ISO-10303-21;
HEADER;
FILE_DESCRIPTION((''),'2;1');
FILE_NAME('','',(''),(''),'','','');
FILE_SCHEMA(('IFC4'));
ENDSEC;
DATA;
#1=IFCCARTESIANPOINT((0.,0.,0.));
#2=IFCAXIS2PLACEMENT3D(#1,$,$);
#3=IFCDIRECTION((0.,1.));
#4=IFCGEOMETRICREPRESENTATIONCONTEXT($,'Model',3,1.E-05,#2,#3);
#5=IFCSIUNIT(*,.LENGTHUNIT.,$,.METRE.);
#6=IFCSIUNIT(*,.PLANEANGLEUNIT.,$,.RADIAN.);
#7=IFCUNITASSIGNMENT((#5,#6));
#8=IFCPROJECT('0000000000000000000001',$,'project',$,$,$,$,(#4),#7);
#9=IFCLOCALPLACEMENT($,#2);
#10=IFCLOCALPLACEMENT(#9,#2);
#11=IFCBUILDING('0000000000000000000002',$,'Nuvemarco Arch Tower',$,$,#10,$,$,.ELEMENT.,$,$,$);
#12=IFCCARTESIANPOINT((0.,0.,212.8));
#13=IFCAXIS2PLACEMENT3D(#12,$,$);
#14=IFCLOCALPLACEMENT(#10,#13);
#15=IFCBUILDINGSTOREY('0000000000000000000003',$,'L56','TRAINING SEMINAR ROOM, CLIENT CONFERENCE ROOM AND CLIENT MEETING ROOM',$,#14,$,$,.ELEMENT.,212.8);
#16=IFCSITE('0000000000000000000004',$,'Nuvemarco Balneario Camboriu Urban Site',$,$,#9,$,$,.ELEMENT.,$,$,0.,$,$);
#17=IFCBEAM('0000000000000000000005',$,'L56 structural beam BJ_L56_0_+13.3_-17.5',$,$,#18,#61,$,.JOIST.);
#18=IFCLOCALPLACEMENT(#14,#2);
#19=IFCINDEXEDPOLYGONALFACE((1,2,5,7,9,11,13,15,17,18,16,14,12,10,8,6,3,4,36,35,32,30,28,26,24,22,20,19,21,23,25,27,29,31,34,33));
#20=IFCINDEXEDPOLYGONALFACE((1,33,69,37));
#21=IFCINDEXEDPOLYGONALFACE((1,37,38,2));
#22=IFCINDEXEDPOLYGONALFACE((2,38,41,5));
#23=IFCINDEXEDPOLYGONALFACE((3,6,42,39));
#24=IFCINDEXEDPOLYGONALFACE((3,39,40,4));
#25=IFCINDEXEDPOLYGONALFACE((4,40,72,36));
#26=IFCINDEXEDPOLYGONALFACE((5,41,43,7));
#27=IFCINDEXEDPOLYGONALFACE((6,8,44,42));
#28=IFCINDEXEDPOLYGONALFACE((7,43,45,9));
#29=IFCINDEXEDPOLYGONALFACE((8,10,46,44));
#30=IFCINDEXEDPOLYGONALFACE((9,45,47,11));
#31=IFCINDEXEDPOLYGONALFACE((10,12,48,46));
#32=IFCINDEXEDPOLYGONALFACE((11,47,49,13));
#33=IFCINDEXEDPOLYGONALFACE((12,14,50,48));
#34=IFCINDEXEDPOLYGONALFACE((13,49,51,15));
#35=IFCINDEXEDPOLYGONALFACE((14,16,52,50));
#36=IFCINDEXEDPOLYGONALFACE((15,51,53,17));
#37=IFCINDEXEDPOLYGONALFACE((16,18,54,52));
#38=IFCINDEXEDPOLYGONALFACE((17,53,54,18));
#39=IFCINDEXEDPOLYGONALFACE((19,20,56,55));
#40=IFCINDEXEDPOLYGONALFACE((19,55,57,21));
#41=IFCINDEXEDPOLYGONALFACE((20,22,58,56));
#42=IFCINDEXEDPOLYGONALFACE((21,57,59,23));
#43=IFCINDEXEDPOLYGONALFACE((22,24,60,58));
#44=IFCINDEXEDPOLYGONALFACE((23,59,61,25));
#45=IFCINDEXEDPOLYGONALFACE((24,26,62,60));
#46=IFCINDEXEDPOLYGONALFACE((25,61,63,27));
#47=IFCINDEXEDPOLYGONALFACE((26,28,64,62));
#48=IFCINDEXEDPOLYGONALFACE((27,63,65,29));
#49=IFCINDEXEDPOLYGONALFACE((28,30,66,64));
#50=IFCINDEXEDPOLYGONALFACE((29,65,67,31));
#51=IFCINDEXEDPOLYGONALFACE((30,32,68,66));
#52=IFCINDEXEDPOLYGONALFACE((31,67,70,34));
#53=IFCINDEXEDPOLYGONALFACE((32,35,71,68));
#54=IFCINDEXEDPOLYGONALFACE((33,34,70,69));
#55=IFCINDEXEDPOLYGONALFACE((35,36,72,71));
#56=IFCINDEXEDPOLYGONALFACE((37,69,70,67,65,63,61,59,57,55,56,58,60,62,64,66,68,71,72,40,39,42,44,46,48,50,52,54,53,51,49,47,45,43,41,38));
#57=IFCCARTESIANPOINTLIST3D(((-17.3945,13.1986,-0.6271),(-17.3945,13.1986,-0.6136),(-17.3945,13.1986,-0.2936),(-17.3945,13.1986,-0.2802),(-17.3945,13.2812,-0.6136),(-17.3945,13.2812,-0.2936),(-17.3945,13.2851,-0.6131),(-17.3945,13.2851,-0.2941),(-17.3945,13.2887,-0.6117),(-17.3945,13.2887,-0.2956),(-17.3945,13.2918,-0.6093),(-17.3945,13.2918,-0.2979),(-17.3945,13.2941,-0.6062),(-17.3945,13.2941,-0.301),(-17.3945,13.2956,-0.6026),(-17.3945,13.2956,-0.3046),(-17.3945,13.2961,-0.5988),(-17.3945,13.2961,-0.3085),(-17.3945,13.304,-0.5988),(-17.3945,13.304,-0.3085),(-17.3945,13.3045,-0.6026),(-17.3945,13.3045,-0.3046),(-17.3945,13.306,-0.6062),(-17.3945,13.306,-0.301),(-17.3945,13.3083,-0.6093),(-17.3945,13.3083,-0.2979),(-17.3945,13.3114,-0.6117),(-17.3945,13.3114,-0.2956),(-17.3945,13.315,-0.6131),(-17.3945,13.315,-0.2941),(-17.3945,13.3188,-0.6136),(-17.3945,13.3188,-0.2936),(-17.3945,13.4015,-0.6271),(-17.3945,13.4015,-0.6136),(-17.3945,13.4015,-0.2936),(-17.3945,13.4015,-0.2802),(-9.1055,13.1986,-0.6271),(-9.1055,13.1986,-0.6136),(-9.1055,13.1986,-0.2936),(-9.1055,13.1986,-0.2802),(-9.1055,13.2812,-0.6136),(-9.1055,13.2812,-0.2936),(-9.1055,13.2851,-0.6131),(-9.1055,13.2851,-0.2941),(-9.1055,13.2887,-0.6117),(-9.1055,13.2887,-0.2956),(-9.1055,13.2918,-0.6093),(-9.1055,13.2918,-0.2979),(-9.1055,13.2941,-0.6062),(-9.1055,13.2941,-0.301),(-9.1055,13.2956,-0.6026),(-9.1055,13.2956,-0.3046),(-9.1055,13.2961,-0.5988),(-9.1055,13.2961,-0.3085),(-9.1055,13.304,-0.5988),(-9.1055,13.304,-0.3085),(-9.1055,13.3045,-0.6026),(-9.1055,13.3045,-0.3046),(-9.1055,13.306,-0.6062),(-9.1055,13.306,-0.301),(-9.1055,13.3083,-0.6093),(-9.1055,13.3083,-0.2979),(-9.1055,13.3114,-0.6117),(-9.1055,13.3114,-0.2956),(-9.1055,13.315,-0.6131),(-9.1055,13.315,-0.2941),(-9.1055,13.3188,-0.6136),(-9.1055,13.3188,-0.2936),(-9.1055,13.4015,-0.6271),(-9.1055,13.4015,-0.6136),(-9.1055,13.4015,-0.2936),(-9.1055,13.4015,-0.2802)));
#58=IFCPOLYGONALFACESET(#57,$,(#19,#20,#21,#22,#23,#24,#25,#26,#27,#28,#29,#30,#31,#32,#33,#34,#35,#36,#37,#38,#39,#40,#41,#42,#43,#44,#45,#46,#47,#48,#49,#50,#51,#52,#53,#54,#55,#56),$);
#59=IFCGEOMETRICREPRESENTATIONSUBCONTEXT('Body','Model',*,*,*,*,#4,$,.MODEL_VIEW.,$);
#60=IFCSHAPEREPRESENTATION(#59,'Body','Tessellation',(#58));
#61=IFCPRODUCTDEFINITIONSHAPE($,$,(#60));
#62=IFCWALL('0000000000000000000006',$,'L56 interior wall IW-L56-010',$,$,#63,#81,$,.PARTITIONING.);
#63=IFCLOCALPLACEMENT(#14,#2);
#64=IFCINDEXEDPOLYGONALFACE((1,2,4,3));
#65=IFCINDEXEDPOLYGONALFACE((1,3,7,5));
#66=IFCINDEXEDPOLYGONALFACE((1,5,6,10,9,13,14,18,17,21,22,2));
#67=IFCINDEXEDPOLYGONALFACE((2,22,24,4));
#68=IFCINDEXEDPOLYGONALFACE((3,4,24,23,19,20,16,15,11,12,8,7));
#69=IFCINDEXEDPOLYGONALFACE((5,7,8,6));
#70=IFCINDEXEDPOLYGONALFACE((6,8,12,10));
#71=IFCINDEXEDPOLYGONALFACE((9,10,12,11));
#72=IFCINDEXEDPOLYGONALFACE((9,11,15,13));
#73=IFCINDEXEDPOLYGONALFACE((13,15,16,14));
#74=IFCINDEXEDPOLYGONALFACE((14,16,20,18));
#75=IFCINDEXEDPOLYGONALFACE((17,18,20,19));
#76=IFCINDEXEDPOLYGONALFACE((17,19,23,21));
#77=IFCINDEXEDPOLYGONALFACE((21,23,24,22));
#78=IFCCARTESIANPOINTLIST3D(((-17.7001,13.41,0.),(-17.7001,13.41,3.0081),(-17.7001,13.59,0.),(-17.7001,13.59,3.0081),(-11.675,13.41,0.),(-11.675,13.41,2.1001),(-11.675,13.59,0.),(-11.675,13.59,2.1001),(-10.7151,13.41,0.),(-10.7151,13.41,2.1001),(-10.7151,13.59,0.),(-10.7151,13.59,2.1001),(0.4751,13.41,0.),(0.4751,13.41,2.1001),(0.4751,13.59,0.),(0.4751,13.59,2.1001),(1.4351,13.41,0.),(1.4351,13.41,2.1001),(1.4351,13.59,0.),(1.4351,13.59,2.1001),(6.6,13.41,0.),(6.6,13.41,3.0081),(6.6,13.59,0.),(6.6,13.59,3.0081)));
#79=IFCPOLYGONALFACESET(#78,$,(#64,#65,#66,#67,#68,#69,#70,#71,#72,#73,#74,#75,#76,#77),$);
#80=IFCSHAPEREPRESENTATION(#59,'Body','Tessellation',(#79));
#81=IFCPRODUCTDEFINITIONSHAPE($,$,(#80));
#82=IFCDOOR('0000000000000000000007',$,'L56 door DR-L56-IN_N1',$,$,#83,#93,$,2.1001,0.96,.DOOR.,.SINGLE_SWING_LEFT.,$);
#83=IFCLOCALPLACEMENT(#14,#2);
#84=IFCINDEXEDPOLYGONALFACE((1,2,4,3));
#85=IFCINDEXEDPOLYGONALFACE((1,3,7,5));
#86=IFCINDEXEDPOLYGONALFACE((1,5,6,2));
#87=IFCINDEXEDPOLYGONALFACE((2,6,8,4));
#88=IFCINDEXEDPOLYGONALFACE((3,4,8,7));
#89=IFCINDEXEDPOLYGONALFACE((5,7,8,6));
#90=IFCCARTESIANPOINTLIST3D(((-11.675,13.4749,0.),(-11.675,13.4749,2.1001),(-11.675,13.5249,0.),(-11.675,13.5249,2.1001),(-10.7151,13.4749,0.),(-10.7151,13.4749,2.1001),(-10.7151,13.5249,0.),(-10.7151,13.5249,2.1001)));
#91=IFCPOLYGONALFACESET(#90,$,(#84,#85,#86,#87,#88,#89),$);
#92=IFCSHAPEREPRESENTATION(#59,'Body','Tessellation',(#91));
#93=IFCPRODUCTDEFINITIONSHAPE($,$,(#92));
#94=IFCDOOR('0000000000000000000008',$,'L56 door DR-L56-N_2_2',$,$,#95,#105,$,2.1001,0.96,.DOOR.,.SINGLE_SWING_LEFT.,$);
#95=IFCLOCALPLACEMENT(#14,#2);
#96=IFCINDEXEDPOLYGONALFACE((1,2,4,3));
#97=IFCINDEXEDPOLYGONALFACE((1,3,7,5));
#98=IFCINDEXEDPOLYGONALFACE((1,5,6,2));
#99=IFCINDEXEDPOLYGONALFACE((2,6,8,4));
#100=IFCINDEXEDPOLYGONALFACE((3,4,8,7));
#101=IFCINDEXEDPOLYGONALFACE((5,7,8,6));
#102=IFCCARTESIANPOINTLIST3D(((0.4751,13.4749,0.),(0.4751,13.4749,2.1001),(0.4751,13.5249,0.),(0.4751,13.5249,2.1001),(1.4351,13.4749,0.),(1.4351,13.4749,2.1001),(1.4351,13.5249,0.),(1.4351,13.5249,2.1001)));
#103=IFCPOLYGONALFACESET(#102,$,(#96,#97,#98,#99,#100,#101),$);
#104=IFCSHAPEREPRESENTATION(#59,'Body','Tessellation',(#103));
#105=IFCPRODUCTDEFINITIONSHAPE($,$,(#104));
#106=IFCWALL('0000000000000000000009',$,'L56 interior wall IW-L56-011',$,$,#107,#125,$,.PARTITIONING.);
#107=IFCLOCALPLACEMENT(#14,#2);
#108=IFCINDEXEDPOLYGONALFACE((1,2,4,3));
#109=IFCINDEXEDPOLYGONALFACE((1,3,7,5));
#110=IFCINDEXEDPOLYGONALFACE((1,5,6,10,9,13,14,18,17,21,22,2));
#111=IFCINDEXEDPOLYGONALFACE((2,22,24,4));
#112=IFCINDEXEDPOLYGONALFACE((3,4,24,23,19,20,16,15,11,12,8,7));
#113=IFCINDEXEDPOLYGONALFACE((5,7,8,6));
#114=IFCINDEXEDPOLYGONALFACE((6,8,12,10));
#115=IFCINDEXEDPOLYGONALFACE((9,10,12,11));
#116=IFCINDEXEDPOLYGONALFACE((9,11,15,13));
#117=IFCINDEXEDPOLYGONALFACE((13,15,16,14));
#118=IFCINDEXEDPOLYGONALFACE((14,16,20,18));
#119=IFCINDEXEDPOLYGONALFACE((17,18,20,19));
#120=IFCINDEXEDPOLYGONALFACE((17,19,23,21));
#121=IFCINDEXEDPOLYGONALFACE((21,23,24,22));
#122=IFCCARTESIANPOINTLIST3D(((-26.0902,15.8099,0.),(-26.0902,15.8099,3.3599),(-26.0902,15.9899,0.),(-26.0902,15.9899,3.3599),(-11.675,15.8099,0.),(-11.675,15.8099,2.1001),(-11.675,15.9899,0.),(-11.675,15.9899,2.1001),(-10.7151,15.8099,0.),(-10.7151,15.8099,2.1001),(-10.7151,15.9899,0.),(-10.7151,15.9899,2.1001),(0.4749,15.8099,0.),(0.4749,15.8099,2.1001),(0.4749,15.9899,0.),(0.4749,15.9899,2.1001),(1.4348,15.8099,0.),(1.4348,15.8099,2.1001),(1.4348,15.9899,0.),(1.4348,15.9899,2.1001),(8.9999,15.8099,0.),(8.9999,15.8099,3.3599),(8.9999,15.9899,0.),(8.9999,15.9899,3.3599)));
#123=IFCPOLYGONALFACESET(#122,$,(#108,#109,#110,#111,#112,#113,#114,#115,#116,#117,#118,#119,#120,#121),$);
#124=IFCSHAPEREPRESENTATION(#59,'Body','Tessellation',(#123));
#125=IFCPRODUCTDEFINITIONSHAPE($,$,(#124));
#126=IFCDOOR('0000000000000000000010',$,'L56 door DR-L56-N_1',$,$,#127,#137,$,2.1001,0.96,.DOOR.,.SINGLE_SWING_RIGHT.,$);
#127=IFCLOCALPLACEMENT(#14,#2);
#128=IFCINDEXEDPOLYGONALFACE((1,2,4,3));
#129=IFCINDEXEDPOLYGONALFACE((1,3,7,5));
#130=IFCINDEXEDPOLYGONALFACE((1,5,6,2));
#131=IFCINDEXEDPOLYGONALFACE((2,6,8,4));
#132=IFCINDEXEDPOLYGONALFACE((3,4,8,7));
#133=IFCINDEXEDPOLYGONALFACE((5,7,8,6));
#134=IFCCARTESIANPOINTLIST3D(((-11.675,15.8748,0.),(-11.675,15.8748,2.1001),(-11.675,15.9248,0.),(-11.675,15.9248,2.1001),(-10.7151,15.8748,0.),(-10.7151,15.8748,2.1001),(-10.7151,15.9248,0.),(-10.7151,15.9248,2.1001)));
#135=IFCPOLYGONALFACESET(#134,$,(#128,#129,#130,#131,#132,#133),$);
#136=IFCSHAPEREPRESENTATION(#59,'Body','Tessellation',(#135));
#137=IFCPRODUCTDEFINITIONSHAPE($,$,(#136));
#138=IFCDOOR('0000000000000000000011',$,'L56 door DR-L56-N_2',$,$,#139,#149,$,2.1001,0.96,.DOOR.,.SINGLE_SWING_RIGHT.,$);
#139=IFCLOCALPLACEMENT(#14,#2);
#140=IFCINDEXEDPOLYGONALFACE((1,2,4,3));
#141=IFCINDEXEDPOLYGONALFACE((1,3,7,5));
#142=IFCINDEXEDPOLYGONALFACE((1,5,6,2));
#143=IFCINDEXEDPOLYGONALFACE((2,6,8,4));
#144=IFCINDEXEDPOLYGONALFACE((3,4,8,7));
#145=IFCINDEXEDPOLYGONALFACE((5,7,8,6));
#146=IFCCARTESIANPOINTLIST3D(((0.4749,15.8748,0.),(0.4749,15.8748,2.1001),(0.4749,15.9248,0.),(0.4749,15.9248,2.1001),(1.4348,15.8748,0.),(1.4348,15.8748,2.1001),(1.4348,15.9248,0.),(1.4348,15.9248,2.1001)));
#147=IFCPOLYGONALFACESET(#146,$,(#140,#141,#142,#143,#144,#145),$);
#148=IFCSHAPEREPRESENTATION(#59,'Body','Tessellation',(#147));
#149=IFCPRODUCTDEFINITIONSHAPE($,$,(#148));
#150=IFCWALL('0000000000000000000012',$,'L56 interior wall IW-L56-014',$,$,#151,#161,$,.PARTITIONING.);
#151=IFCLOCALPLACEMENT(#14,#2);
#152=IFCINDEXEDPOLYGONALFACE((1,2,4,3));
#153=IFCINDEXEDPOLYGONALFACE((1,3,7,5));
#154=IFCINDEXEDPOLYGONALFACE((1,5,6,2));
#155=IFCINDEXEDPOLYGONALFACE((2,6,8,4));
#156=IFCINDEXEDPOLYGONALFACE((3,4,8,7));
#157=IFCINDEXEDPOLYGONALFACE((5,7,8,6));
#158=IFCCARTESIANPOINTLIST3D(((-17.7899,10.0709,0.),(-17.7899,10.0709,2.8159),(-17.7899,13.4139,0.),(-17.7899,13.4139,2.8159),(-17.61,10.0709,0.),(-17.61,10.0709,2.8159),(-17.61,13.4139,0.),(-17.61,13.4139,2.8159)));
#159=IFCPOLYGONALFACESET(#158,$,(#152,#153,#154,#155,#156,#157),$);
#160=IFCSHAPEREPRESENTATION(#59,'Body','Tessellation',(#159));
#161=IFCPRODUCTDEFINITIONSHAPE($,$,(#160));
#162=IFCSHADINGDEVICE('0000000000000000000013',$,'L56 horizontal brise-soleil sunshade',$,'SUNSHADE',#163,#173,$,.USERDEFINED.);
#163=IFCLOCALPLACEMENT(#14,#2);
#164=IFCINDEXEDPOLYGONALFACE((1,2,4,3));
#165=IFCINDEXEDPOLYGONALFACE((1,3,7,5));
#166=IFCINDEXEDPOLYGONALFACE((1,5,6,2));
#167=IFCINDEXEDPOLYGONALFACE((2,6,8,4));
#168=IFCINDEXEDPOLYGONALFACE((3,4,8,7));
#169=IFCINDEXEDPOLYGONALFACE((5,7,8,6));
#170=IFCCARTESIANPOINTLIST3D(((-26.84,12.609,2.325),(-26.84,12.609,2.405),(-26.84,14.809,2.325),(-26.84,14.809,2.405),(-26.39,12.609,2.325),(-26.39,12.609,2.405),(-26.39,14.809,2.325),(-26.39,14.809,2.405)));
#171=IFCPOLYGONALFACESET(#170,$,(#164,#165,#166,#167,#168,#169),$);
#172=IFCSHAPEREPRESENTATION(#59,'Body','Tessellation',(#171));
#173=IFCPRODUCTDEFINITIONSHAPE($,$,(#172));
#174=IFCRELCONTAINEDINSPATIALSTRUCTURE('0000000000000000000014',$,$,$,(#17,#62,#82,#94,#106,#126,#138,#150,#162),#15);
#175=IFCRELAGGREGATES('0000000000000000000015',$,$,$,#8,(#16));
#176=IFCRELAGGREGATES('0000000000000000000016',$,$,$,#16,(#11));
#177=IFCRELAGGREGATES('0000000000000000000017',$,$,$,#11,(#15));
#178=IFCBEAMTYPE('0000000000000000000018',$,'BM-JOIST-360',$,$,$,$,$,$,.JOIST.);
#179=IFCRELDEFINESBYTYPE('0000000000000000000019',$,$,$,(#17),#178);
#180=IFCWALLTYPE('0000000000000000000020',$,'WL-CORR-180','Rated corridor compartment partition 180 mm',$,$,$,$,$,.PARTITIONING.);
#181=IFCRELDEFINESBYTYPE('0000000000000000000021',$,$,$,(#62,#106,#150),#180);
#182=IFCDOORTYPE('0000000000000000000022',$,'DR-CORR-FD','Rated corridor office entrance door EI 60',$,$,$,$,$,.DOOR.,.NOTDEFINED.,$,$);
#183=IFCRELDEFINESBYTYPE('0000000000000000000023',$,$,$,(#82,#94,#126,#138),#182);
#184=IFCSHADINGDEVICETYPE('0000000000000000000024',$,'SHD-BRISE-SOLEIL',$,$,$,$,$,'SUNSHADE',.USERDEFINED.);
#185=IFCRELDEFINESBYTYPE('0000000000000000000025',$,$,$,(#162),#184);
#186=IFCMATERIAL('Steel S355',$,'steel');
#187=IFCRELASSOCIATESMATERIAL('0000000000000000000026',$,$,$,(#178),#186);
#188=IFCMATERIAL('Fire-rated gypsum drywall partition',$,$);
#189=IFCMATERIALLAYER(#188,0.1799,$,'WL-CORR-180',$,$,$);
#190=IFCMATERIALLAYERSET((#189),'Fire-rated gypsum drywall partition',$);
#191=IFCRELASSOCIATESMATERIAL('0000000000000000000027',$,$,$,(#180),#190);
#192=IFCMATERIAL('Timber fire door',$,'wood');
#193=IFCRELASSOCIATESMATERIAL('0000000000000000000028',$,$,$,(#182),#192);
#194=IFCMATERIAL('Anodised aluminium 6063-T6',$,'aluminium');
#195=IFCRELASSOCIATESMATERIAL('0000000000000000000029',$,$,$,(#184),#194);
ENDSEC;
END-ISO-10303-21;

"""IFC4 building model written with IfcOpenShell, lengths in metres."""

from ifc_helpers import new_model, si_unit, direction, frame, frame_2d, origin, origin_2d, place, context, subcontext, project, spatial, rectangle, i_section, extrude, source, transform, mapped, material, layer, layer_set, material_profile, profile_set, type_object, type_shapes, element, fill, save


model = new_model("IFC4")

# Units and contexts
model_context = context("Model", 3, precision=1e-05, world=origin(), true_north=direction((0.0, 1.0)))
body_context = subcontext(model_context, "Body", "Model", "MODEL_VIEW")
ifc_project = project(units=[si_unit("LENGTHUNIT", "METRE"), si_unit("PLANEANGLEUNIT", "RADIAN")], contexts=[model_context])

# Site, building, storey
site_placement = place(None, origin())
site = spatial("IfcSite", under=ifc_project, at=site_placement, Name="Nuvemarco Balneario Camboriu Urban Site", CompositionType="ELEMENT", RefElevation=0.0)
building_placement = place(site_placement, origin())
building = spatial("IfcBuilding", under=site, at=building_placement, Name="Nuvemarco Arch Tower", CompositionType="ELEMENT")
storey_placement = place(building_placement, frame((0.0, 0.0, 212.8)))
storey = spatial("IfcBuildingStorey", under=building, at=storey_placement, Name="L56", Description="TRAINING SEMINAR ROOM, CLIENT CONFERENCE ROOM AND CLIENT MEETING ROOM", CompositionType="ELEMENT", Elevation=212.8)

# Shared definitions
ifc_material_1 = material(Name="Steel S355", Category="steel")

# Beam
ifc_material_profile_1 = material_profile(ifc_material_1, i_section(OverallWidth=0.2029, OverallDepth=0.3469, WebThickness=0.0078, FlangeThickness=0.0134, FilletRadius=0.0149, at=origin_2d()), Name="W360x64")
ifc_profile_set_1 = profile_set([ifc_material_profile_1], Name="Steel S355")
beam_type_1 = type_object("IfcBeamType", Name="BM-JOIST-360", PredefinedType="JOIST", material=ifc_profile_set_1)
beam_1_placement = place(storey_placement, frame((-17.3945, 13.3, -0.4536), z_axis=(1.0, 0.0, 0.0), x_axis=(0.0, 1.0, 0.0)))
element("IfcBeam", 1, at=beam_1_placement, inside=storey, type_object=beam_type_1, Name="L56 structural beam BJ_L56_0_+13.3_-17.5", PredefinedType="JOIST", context=body_context, shape_type="SweptSolid", body=[
    extrude(i_section(OverallWidth=0.2029, OverallDepth=0.3469, WebThickness=0.0078, FlangeThickness=0.0134, FilletRadius=0.0149, at=origin_2d()), origin(), (0.0, 0.0, 1.0), 8.2891),
])

# Walls, openings, doors
ifc_material_2 = material(Name="Fire-rated gypsum drywall partition")
ifc_layer = layer(ifc_material_2, 0.1799, Name="WL-CORR-180")
ifc_layer_set = layer_set([ifc_layer], Name="Fire-rated gypsum drywall partition")
wall_type = type_object("IfcWallType", Name="WL-CORR-180", Description="Rated corridor compartment partition 180 mm", PredefinedType="PARTITIONING", material=ifc_layer_set)
wall_1_placement = place(storey_placement, frame((-17.7, 13.5, 0.0), z_axis=(0.0, 0.0, 1.0), x_axis=(1.0, 0.0, 0.0)))
wall_1 = element("IfcWall", 2, at=wall_1_placement, inside=storey, type_object=wall_type, Name="L56 interior wall IW-L56-010", PredefinedType="PARTITIONING", context=body_context, shape_type="SweptSolid", body=[
    extrude(rectangle(XDim=24.3, YDim=0.1799, at=frame_2d((12.1499, 0.0))), origin(), (0.0, 0.0, 1.0), 3.0081),
])
opening_1_placement = place(wall_1_placement, frame((6.0249, 0.0, 0.0)))
opening_1 = element("IfcOpeningElement", 3, at=opening_1_placement, cuts=wall_1, PredefinedType="OPENING", context=body_context, shape_type="SweptSolid", body=[
    extrude(rectangle(XDim=0.96, YDim=2.1001, at=frame_2d((0.48, 1.05))), frame((0.0, 0.0999, 0.0), z_axis=(0.0, -1.0, 0.0), x_axis=(1.0, 0.0, 0.0)), (0.0, 0.0, 1.0), 0.2),
])
opening_2_placement = place(wall_1_placement, frame((18.175, 0.0, 0.0)))
opening_2 = element("IfcOpeningElement", 4, at=opening_2_placement, cuts=wall_1, PredefinedType="OPENING", context=body_context, shape_type="SweptSolid", body=[
    extrude(rectangle(XDim=0.96, YDim=2.1001, at=frame_2d((0.48, 1.05))), frame((0.0, 0.0999, 0.0), z_axis=(0.0, -1.0, 0.0), x_axis=(1.0, 0.0, 0.0)), (0.0, 0.0, 1.0), 0.2),
])
ifc_material_3 = material(Name="Timber fire door", Category="wood")
door_type = type_object("IfcDoorType", Name="DR-CORR-FD", Description="Rated corridor office entrance door EI 60", OperationType="NOTDEFINED", PredefinedType="DOOR", material=ifc_material_3)
shared_shape_1 = source(origin(), body_context, "Body", "SweptSolid", [
    extrude(rectangle(XDim=0.96, YDim=2.1001, at=frame_2d((0.48, 1.05))), frame((0.0, 0.0249, 0.0), z_axis=(0.0, -1.0, 0.0), x_axis=(1.0, 0.0, 0.0)), (0.0, 0.0, 1.0), 0.05),
])
type_shapes(door_type, [shared_shape_1])
door_1_placement = place(opening_1_placement, origin())
door_1 = element("IfcDoor", 5, at=door_1_placement, inside=storey, type_object=door_type, Name="L56 door DR-L56-IN_N1", OperationType="SINGLE_SWING_LEFT", OverallHeight=2.1001, OverallWidth=0.96, PredefinedType="DOOR", context=body_context, shape_type="MappedRepresentation", body=[
    mapped(shared_shape_1, transform((0.0, 0.0, 0.0), scale=1.0)),
])
fill(opening_1, door_1)
door_2_placement = place(opening_2_placement, origin())
door_2 = element("IfcDoor", 6, at=door_2_placement, inside=storey, type_object=door_type, Name="L56 door DR-L56-N_2_2", OperationType="SINGLE_SWING_LEFT", OverallHeight=2.1001, OverallWidth=0.96, PredefinedType="DOOR", context=body_context, shape_type="MappedRepresentation", body=[
    mapped(shared_shape_1, transform((0.0, 0.0, 0.0), scale=1.0)),
])
fill(opening_2, door_2)
wall_2_placement = place(storey_placement, frame((-26.0901, 15.8999, 0.0), z_axis=(0.0, 0.0, 1.0), x_axis=(1.0, 0.0, 0.0)))
wall_2 = element("IfcWall", 7, at=wall_2_placement, inside=storey, type_object=wall_type, Name="L56 interior wall IW-L56-011", PredefinedType="PARTITIONING", context=body_context, shape_type="SweptSolid", body=[
    extrude(rectangle(XDim=35.0901, YDim=0.1799, at=frame_2d((17.5449, 0.0))), origin(), (0.0, 0.0, 1.0), 3.3599),
])
opening_3_placement = place(wall_2_placement, frame((14.415, 0.0, 0.0)))
opening_3 = element("IfcOpeningElement", 8, at=opening_3_placement, cuts=wall_2, PredefinedType="OPENING", context=body_context, shape_type="SweptSolid", body=[
    extrude(rectangle(XDim=0.96, YDim=2.1001, at=frame_2d((0.48, 1.05))), frame((0.0, 0.0999, 0.0), z_axis=(0.0, -1.0, 0.0), x_axis=(1.0, 0.0, 0.0)), (0.0, 0.0, 1.0), 0.2),
])
opening_4_placement = place(wall_2_placement, frame((26.5649, 0.0, 0.0)))
opening_4 = element("IfcOpeningElement", 9, at=opening_4_placement, cuts=wall_2, PredefinedType="OPENING", context=body_context, shape_type="SweptSolid", body=[
    extrude(rectangle(XDim=0.96, YDim=2.1001, at=frame_2d((0.48, 1.05))), frame((0.0, 0.0999, 0.0), z_axis=(0.0, -1.0, 0.0), x_axis=(1.0, 0.0, 0.0)), (0.0, 0.0, 1.0), 0.2),
])
door_3_placement = place(opening_3_placement, origin())
door_3 = element("IfcDoor", 10, at=door_3_placement, inside=storey, type_object=door_type, Name="L56 door DR-L56-N_1", OperationType="SINGLE_SWING_RIGHT", OverallHeight=2.1001, OverallWidth=0.96, PredefinedType="DOOR", context=body_context, shape_type="MappedRepresentation", body=[
    mapped(shared_shape_1, transform((0.0, 0.0, 0.0), scale=1.0)),
])
fill(opening_3, door_3)
door_4_placement = place(opening_4_placement, origin())
door_4 = element("IfcDoor", 11, at=door_4_placement, inside=storey, type_object=door_type, Name="L56 door DR-L56-N_2", OperationType="SINGLE_SWING_RIGHT", OverallHeight=2.1001, OverallWidth=0.96, PredefinedType="DOOR", context=body_context, shape_type="MappedRepresentation", body=[
    mapped(shared_shape_1, transform((0.0, 0.0, 0.0), scale=1.0)),
])
fill(opening_4, door_4)

# Wall
wall_3_placement = place(storey_placement, frame((-17.7, 10.071, 0.0), z_axis=(0.0, 0.0, 1.0), x_axis=(0.0, 1.0, 0.0)))
element("IfcWall", 12, at=wall_3_placement, inside=storey, type_object=wall_type, Name="L56 interior wall IW-L56-014", PredefinedType="PARTITIONING", context=body_context, shape_type="SweptSolid", body=[
    extrude(rectangle(XDim=3.343, YDim=0.1799, at=frame_2d((1.6714, 0.0))), origin(), (0.0, 0.0, 1.0), 2.8159),
])

# Shading device
ifc_material_4 = material(Name="Anodised aluminium 6063-T6", Category="aluminium")
shading_device_type = type_object("IfcShadingDeviceType", Name="SHD-BRISE-SOLEIL", ElementType="SUNSHADE", PredefinedType="USERDEFINED", material=ifc_material_4)
shared_shape_2 = source(origin(), body_context, "Body", "SweptSolid", [
    extrude(rectangle(XDim=2.2, YDim=0.45, at=origin_2d()), origin(), (0.0, 0.0, 1.0), 0.0801),
])
type_shapes(shading_device_type, [shared_shape_2])
shading_device_placement = place(storey_placement, frame((-26.615, 13.709, 2.325), z_axis=(0.0, 0.0, 1.0), x_axis=(0.0, 1.0, 0.0)))
element("IfcShadingDevice", 13, at=shading_device_placement, inside=storey, type_object=shading_device_type, Name="L56 horizontal brise-soleil sunshade", ObjectType="SUNSHADE", PredefinedType="USERDEFINED", context=body_context, shape_type="MappedRepresentation", body=[
    mapped(shared_shape_2, transform((0.0, 0.0, 0.0), scale=1.0)),
])

save(model, "model.ifc")
